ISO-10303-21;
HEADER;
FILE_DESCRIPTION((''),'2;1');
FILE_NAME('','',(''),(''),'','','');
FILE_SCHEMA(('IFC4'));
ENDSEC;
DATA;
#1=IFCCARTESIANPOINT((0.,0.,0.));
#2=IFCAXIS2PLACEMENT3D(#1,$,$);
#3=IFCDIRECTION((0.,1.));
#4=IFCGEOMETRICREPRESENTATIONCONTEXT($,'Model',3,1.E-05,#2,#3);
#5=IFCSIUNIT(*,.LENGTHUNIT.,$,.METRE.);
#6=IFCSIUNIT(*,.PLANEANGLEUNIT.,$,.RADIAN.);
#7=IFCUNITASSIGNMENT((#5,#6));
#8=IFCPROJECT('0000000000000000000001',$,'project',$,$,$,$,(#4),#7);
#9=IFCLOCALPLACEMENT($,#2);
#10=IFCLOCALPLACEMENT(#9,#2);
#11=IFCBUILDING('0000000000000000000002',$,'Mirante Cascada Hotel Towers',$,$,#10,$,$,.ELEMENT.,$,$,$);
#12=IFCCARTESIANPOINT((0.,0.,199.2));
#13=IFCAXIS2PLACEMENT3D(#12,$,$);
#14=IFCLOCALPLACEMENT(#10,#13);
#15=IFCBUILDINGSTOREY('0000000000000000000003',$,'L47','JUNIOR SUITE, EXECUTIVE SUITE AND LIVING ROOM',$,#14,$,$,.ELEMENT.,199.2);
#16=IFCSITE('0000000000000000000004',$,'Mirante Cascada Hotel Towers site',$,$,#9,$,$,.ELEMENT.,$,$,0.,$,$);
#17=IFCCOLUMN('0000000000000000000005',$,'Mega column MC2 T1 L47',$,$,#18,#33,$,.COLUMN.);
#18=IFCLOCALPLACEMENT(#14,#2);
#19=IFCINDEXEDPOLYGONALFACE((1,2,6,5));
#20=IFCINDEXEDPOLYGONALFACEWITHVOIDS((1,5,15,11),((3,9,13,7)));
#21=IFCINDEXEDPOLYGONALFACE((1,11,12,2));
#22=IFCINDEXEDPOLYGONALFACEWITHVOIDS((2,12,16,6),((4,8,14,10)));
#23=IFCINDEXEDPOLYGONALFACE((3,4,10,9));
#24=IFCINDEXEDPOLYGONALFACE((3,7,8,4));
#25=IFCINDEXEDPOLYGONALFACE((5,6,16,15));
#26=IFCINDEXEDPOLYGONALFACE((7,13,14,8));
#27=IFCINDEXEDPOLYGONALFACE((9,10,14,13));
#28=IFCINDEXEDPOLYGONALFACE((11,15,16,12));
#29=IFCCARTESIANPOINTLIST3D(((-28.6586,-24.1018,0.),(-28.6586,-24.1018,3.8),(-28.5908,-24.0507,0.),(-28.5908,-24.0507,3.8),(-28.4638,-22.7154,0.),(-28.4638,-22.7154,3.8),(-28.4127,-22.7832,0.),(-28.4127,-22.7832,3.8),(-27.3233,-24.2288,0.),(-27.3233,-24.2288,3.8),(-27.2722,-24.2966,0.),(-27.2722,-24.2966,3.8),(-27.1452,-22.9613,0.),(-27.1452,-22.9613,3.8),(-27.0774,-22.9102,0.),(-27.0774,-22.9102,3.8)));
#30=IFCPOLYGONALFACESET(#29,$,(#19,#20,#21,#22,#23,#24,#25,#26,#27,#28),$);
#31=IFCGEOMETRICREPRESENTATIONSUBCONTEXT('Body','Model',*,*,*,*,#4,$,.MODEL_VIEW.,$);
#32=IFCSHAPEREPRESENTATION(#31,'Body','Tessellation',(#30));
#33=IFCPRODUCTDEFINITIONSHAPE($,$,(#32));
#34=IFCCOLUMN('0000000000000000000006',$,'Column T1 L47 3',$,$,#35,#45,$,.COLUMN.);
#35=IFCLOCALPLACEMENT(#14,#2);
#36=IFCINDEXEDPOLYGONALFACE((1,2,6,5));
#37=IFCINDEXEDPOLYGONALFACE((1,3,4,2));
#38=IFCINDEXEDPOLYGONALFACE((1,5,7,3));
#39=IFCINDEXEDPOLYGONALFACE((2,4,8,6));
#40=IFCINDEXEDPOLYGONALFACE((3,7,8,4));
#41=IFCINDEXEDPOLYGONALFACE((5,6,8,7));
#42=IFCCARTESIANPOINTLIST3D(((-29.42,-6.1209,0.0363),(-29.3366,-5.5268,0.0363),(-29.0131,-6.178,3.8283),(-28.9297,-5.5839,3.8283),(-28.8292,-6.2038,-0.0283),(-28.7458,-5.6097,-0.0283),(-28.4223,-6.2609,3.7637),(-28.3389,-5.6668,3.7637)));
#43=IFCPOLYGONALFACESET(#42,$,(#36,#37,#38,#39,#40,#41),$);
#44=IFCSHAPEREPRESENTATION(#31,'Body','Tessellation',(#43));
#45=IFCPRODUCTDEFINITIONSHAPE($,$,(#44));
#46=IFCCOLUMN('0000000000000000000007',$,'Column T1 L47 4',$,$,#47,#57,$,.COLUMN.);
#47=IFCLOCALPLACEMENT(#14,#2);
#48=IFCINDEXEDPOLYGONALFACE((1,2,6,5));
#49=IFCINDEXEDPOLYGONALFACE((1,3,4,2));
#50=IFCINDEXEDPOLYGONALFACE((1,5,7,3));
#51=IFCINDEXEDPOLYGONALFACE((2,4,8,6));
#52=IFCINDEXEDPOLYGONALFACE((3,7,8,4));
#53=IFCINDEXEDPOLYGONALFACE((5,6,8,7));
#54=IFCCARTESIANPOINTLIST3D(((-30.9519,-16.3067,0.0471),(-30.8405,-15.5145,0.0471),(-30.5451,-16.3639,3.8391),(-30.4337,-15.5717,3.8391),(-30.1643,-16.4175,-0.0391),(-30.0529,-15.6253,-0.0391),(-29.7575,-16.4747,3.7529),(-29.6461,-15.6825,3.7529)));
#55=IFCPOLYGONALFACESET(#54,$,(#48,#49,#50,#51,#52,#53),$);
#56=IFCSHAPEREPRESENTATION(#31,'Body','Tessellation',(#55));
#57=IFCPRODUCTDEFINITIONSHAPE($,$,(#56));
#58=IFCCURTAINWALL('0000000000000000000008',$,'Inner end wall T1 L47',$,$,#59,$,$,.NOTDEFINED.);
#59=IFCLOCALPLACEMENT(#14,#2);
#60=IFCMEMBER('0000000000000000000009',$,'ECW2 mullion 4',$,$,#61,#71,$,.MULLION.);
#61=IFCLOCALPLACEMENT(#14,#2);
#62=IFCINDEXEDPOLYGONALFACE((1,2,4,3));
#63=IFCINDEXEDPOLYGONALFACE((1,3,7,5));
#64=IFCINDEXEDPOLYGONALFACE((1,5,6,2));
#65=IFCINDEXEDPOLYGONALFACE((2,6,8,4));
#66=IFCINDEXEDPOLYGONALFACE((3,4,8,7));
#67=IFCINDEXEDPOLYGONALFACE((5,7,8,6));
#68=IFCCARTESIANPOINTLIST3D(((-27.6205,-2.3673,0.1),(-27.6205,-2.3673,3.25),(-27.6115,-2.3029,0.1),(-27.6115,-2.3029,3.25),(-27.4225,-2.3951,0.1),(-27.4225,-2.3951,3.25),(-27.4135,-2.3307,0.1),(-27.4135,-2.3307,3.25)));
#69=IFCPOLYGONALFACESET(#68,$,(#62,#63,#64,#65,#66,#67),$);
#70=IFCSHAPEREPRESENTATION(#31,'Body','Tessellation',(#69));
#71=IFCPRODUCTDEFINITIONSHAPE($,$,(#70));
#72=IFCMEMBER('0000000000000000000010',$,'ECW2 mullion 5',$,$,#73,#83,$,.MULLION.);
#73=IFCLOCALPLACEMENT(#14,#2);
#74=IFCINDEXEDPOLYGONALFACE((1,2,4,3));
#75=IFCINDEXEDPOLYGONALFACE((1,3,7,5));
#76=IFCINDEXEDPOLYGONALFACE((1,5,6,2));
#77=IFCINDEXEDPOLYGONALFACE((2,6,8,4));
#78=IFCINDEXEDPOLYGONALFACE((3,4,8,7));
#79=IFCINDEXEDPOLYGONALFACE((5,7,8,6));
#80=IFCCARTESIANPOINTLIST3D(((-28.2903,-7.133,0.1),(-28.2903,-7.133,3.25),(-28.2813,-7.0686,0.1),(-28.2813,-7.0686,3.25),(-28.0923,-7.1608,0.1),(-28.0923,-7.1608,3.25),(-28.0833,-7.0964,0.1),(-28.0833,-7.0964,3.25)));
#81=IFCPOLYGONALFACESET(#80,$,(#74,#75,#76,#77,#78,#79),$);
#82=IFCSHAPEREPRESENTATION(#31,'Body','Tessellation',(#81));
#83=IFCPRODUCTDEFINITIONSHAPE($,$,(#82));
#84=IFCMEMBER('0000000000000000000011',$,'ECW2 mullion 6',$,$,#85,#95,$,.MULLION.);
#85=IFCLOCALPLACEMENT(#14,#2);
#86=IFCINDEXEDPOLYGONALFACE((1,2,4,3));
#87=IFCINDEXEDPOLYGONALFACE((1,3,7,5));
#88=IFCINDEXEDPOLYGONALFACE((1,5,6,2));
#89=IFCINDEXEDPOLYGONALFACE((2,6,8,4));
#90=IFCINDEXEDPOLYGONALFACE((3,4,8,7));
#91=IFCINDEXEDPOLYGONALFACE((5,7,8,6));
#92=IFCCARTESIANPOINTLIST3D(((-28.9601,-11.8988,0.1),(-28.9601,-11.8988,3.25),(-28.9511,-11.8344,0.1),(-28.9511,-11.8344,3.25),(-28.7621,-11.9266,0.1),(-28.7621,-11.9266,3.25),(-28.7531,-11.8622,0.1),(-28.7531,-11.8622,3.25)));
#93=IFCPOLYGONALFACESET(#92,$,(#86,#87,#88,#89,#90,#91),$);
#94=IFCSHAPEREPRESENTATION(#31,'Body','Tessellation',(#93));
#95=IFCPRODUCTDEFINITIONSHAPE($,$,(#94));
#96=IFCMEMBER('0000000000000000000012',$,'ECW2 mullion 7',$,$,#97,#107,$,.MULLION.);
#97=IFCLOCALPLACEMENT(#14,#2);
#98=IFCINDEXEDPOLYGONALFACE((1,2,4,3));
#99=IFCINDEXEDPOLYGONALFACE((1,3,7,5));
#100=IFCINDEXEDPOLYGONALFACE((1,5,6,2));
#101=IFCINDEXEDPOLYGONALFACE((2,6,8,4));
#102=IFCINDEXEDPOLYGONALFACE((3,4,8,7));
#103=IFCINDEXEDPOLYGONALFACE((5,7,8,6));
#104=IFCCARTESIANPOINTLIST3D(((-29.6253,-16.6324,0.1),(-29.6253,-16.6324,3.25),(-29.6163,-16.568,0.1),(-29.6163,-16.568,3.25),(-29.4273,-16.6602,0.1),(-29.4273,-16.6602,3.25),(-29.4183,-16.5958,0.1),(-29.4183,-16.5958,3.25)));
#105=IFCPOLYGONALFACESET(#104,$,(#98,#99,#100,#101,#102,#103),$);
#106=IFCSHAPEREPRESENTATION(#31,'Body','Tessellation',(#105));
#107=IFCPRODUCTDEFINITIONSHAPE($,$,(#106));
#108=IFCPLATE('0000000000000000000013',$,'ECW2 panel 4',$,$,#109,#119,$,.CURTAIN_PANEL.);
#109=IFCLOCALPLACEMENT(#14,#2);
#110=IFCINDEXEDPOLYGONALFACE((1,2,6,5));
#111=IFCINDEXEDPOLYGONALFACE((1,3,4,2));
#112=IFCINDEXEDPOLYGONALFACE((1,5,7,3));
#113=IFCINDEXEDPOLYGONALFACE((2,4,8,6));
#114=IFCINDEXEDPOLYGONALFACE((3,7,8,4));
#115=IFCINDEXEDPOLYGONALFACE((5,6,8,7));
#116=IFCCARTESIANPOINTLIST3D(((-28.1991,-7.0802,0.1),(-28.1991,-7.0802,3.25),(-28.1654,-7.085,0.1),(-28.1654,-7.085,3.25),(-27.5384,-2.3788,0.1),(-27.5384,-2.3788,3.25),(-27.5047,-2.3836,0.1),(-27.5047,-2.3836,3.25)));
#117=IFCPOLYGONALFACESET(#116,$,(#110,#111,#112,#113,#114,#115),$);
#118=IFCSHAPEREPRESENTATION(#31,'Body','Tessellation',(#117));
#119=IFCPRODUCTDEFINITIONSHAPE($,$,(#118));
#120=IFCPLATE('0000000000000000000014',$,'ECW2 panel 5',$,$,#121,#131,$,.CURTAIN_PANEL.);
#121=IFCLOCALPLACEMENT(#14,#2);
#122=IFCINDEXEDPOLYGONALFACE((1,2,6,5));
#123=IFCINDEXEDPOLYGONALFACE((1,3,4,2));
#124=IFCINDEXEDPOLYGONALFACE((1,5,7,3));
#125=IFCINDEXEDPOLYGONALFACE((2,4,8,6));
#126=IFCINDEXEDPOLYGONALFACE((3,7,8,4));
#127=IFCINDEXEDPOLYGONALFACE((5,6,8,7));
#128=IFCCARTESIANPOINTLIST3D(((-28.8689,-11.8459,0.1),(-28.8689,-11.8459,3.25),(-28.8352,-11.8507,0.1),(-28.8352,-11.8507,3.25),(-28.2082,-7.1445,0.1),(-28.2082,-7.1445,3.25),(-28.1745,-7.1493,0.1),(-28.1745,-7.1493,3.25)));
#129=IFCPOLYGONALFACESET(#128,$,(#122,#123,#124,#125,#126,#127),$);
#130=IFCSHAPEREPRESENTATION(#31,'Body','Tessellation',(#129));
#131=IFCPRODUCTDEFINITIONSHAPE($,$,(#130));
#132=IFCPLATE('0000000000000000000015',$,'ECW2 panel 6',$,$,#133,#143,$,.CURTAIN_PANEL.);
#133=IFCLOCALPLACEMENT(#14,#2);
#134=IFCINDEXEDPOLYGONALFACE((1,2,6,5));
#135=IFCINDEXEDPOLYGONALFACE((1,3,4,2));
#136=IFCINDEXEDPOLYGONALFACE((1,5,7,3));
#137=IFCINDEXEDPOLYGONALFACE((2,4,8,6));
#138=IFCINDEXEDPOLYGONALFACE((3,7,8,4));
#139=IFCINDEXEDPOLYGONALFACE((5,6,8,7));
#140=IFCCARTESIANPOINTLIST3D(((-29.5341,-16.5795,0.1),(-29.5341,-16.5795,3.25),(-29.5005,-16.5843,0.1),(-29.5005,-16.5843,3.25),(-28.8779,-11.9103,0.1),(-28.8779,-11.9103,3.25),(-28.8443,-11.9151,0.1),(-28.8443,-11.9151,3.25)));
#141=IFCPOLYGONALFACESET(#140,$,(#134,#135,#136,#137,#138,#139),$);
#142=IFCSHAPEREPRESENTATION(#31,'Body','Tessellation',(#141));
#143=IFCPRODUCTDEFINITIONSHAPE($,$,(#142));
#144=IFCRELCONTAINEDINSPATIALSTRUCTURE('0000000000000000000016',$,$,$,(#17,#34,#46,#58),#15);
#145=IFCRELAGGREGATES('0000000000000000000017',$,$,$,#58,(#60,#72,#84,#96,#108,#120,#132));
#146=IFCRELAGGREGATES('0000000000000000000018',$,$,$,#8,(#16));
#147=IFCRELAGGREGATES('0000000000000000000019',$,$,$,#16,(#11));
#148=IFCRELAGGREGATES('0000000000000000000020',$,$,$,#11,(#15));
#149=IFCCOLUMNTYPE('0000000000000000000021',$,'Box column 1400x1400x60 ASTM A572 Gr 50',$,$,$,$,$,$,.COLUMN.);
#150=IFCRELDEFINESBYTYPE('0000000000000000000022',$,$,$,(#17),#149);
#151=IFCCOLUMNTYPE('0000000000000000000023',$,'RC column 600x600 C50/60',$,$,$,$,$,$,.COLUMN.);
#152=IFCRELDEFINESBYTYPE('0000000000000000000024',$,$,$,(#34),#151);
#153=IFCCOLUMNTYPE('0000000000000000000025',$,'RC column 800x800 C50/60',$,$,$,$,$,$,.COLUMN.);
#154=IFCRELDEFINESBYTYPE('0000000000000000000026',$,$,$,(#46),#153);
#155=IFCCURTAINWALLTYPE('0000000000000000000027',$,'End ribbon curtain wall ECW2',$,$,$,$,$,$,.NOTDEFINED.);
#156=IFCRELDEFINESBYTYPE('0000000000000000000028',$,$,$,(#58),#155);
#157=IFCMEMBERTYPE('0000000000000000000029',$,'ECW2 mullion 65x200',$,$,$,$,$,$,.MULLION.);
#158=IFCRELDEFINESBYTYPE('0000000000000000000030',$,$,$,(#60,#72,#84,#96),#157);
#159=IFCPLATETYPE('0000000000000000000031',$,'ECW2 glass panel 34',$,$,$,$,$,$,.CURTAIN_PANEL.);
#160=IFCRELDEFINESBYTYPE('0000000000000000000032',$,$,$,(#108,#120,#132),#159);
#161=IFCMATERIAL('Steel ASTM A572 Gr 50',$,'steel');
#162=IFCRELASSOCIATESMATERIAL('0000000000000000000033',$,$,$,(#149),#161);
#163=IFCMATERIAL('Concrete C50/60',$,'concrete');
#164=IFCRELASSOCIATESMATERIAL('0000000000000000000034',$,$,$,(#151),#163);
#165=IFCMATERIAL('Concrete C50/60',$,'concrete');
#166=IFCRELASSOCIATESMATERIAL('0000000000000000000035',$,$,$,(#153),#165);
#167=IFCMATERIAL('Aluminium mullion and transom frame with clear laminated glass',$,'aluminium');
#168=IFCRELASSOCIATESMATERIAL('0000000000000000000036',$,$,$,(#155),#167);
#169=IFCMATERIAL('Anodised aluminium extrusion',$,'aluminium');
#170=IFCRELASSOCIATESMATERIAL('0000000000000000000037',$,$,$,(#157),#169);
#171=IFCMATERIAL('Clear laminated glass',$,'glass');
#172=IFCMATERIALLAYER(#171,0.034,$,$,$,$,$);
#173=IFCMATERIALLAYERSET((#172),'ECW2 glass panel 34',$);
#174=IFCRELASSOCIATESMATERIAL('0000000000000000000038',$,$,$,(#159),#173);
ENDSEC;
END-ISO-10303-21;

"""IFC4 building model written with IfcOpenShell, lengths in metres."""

from ifc_helpers import new_model, si_unit, direction, frame, origin, origin_2d, place, context, subcontext, project, spatial, rectangle, hollow_rectangle, extrude, material, layer, layer_set, material_profile, profile_set, type_object, element, aggregate, save


model = new_model("IFC4")

# Units and contexts
model_context = context("Model", 3, precision=1e-05, world=origin(), true_north=direction((0.0, 1.0)))
body_context = subcontext(model_context, "Body", "Model", "MODEL_VIEW")
ifc_project = project(units=[si_unit("LENGTHUNIT", "METRE"), si_unit("PLANEANGLEUNIT", "RADIAN")], contexts=[model_context])

# Site, building, storey
site_placement = place(None, origin())
site = spatial("IfcSite", under=ifc_project, at=site_placement, Name="Mirante Cascada Hotel Towers site", CompositionType="ELEMENT", RefElevation=0.0)
building_placement = place(site_placement, origin())
building = spatial("IfcBuilding", under=site, at=building_placement, Name="Mirante Cascada Hotel Towers", CompositionType="ELEMENT")
storey_placement = place(building_placement, frame((0.0, 0.0, 199.2)))
storey = spatial("IfcBuildingStorey", under=building, at=storey_placement, Name="L47", Description="JUNIOR SUITE, EXECUTIVE SUITE AND LIVING ROOM", CompositionType="ELEMENT", Elevation=199.2)

# Columns
ifc_material_1 = material(Name="Steel ASTM A572 Gr 50", Category="steel")
ifc_material_profile_1 = material_profile(ifc_material_1, hollow_rectangle(XDim=1.4, YDim=1.4, WallThickness=0.06, at=origin_2d()), Name="Box column 1400x1400x60 ASTM A572 Gr 50")
ifc_profile_set_1 = profile_set([ifc_material_profile_1], Name="Steel ASTM A572 Gr 50")
column_type_1 = type_object("IfcColumnType", Name="Box column 1400x1400x60 ASTM A572 Gr 50", PredefinedType="COLUMN", material=ifc_profile_set_1)
column_1_placement = place(storey_placement, frame((-27.868, -23.506, 0.0), z_axis=(0.0, 0.0, 1.0), x_axis=(-0.990268, 0.139173, 0.0)))
element("IfcColumn", 1, at=column_1_placement, inside=storey, type_object=column_type_1, Name="Mega column MC2 T1 L47", PredefinedType="COLUMN", context=body_context, shape_type="SweptSolid", body=[
    extrude(hollow_rectangle(XDim=1.4, YDim=1.4, WallThickness=0.06, at=origin_2d()), origin(), (0.0, 0.0, 1.0), 3.8),
])
ifc_material_2 = material(Name="Concrete C50/60", Category="concrete")
ifc_material_profile_2 = material_profile(ifc_material_2, rectangle(XDim=0.6, YDim=0.6, at=origin_2d()), Name="RC column 600x600 C50/60")
ifc_profile_set_2 = profile_set([ifc_material_profile_2], Name="Concrete C50/60")
column_type_2 = type_object("IfcColumnType", Name="RC column 600x600 C50/60", PredefinedType="COLUMN", material=ifc_profile_set_2)
column_2_placement = place(storey_placement, frame((-29.0829, -5.8653, 0.004), z_axis=(0.10668, -0.01497, 0.994181), x_axis=(0.138968, 0.990297, 0.0)))
element("IfcColumn", 2, at=column_2_placement, inside=storey, type_object=column_type_2, Name="Column T1 L47 3", PredefinedType="COLUMN", context=body_context, shape_type="SweptSolid", body=[
    extrude(rectangle(XDim=0.6, YDim=0.6, at=origin_2d()), origin(), (0.0, 0.0, 1.0), 3.8142),
])
ifc_material_3 = material(Name="Concrete C50/60", Category="concrete")
ifc_material_profile_3 = material_profile(ifc_material_3, rectangle(XDim=0.8, YDim=0.8, at=origin_2d()), Name="RC column 800x800 C50/60")
ifc_profile_set_3 = profile_set([ifc_material_profile_3], Name="Concrete C50/60")
column_type_3 = type_object("IfcColumnType", Name="RC column 800x800 C50/60", PredefinedType="COLUMN", material=ifc_profile_set_3)
column_3_placement = place(storey_placement, frame((-30.5024, -15.966, 0.004), z_axis=(0.106654, -0.014997, 0.994183), x_axis=(0.13924, 0.990259, 0.0)))
element("IfcColumn", 3, at=column_3_placement, inside=storey, type_object=column_type_3, Name="Column T1 L47 4", PredefinedType="COLUMN", context=body_context, shape_type="SweptSolid", body=[
    extrude(rectangle(XDim=0.8, YDim=0.8, at=origin_2d()), origin(), (0.0, 0.0, 1.0), 3.8142),
])

# Curtain wall, members, plates
ifc_material_4 = material(Name="Aluminium mullion and transom frame with clear laminated glass", Category="aluminium")
curtain_wall_type = type_object("IfcCurtainWallType", Name="End ribbon curtain wall ECW2", PredefinedType="NOTDEFINED", material=ifc_material_4)
curtain_wall_placement = place(storey_placement, origin())
curtain_wall = element("IfcCurtainWall", 4, at=curtain_wall_placement, inside=storey, type_object=curtain_wall_type, Name="Inner end wall T1 L47", PredefinedType="NOTDEFINED")
ifc_material_5 = material(Name="Anodised aluminium extrusion", Category="aluminium")
ifc_material_profile_4 = material_profile(ifc_material_5, rectangle(XDim=0.2, YDim=0.065, at=origin_2d()), Name="ECW2 MULLION 65x200")
ifc_profile_set_4 = profile_set([ifc_material_profile_4], Name="Anodised aluminium extrusion")
member_type = type_object("IfcMemberType", Name="ECW2 mullion 65x200", PredefinedType="MULLION", material=ifc_profile_set_4)
member_1_placement = place(storey_placement, frame((-27.517, -2.349, 0.1), z_axis=(0.0, 0.0, 1.0), x_axis=(0.990268, -0.139173, 0.0)))
member_1 = element("IfcMember", 5, at=member_1_placement, type_object=member_type, Name="ECW2 mullion 4", PredefinedType="MULLION", context=body_context, shape_type="SweptSolid", body=[
    extrude(rectangle(XDim=0.2, YDim=0.065, at=origin_2d()), origin(), (0.0, 0.0, 1.0), 3.15),
])
member_2_placement = place(storey_placement, frame((-28.1868, -7.1147, 0.1), z_axis=(0.0, 0.0, 1.0), x_axis=(0.990268, -0.139173, 0.0)))
member_2 = element("IfcMember", 6, at=member_2_placement, type_object=member_type, Name="ECW2 mullion 5", PredefinedType="MULLION", context=body_context, shape_type="SweptSolid", body=[
    extrude(rectangle(XDim=0.2, YDim=0.065, at=origin_2d()), origin(), (0.0, 0.0, 1.0), 3.15),
])
member_3_placement = place(storey_placement, frame((-28.8566, -11.8805, 0.1), z_axis=(0.0, 0.0, 1.0), x_axis=(0.990268, -0.139173, 0.0)))
member_3 = element("IfcMember", 7, at=member_3_placement, type_object=member_type, Name="ECW2 mullion 6", PredefinedType="MULLION", context=body_context, shape_type="SweptSolid", body=[
    extrude(rectangle(XDim=0.2, YDim=0.065, at=origin_2d()), origin(), (0.0, 0.0, 1.0), 3.15),
])
member_4_placement = place(storey_placement, frame((-29.5218, -16.6141, 0.1), z_axis=(0.0, 0.0, 1.0), x_axis=(0.990268, -0.139173, 0.0)))
member_4 = element("IfcMember", 8, at=member_4_placement, type_object=member_type, Name="ECW2 mullion 7", PredefinedType="MULLION", context=body_context, shape_type="SweptSolid", body=[
    extrude(rectangle(XDim=0.2, YDim=0.065, at=origin_2d()), origin(), (0.0, 0.0, 1.0), 3.15),
])
ifc_material_6 = material(Name="Clear laminated glass", Category="glass")
ifc_layer_1 = layer(ifc_material_6, 0.034)
ifc_layer_set_1 = layer_set([ifc_layer_1], Name="ECW2 glass panel 34")
plate_type = type_object("IfcPlateType", Name="ECW2 glass panel 34", PredefinedType="CURTAIN_PANEL", material=ifc_layer_set_1)
plate_1_placement = place(storey_placement, frame((-27.8519, -4.7319, 0.1), z_axis=(0.0, 0.0, 1.0), x_axis=(-0.139173, -0.990268, 0.0)))
plate_1 = element("IfcPlate", 9, at=plate_1_placement, type_object=plate_type, Name="ECW2 panel 4", PredefinedType="CURTAIN_PANEL", context=body_context, shape_type="SweptSolid", body=[
    extrude(rectangle(XDim=4.7476, YDim=0.034, at=origin_2d()), origin(), (0.0, 0.0, 1.0), 3.15),
])
plate_2_placement = place(storey_placement, frame((-28.5217, -9.4976, 0.1), z_axis=(0.0, 0.0, 1.0), x_axis=(-0.139173, -0.990268, 0.0)))
plate_2 = element("IfcPlate", 10, at=plate_2_placement, type_object=plate_type, Name="ECW2 panel 5", PredefinedType="CURTAIN_PANEL", context=body_context, shape_type="SweptSolid", body=[
    extrude(rectangle(XDim=4.7476, YDim=0.034, at=origin_2d()), origin(), (0.0, 0.0, 1.0), 3.15),
])
plate_3_placement = place(storey_placement, frame((-29.1892, -14.2473, 0.1), z_axis=(0.0, 0.0, 1.0), x_axis=(-0.139173, -0.990268, 0.0)))
plate_3 = element("IfcPlate", 11, at=plate_3_placement, type_object=plate_type, Name="ECW2 panel 6", PredefinedType="CURTAIN_PANEL", context=body_context, shape_type="SweptSolid", body=[
    extrude(rectangle(XDim=4.7151, YDim=0.034, at=origin_2d()), origin(), (0.0, 0.0, 1.0), 3.15),
])
aggregate(curtain_wall, [member_1, member_2, member_3, member_4, plate_1, plate_2, plate_3])

save(model, "model.ifc")
